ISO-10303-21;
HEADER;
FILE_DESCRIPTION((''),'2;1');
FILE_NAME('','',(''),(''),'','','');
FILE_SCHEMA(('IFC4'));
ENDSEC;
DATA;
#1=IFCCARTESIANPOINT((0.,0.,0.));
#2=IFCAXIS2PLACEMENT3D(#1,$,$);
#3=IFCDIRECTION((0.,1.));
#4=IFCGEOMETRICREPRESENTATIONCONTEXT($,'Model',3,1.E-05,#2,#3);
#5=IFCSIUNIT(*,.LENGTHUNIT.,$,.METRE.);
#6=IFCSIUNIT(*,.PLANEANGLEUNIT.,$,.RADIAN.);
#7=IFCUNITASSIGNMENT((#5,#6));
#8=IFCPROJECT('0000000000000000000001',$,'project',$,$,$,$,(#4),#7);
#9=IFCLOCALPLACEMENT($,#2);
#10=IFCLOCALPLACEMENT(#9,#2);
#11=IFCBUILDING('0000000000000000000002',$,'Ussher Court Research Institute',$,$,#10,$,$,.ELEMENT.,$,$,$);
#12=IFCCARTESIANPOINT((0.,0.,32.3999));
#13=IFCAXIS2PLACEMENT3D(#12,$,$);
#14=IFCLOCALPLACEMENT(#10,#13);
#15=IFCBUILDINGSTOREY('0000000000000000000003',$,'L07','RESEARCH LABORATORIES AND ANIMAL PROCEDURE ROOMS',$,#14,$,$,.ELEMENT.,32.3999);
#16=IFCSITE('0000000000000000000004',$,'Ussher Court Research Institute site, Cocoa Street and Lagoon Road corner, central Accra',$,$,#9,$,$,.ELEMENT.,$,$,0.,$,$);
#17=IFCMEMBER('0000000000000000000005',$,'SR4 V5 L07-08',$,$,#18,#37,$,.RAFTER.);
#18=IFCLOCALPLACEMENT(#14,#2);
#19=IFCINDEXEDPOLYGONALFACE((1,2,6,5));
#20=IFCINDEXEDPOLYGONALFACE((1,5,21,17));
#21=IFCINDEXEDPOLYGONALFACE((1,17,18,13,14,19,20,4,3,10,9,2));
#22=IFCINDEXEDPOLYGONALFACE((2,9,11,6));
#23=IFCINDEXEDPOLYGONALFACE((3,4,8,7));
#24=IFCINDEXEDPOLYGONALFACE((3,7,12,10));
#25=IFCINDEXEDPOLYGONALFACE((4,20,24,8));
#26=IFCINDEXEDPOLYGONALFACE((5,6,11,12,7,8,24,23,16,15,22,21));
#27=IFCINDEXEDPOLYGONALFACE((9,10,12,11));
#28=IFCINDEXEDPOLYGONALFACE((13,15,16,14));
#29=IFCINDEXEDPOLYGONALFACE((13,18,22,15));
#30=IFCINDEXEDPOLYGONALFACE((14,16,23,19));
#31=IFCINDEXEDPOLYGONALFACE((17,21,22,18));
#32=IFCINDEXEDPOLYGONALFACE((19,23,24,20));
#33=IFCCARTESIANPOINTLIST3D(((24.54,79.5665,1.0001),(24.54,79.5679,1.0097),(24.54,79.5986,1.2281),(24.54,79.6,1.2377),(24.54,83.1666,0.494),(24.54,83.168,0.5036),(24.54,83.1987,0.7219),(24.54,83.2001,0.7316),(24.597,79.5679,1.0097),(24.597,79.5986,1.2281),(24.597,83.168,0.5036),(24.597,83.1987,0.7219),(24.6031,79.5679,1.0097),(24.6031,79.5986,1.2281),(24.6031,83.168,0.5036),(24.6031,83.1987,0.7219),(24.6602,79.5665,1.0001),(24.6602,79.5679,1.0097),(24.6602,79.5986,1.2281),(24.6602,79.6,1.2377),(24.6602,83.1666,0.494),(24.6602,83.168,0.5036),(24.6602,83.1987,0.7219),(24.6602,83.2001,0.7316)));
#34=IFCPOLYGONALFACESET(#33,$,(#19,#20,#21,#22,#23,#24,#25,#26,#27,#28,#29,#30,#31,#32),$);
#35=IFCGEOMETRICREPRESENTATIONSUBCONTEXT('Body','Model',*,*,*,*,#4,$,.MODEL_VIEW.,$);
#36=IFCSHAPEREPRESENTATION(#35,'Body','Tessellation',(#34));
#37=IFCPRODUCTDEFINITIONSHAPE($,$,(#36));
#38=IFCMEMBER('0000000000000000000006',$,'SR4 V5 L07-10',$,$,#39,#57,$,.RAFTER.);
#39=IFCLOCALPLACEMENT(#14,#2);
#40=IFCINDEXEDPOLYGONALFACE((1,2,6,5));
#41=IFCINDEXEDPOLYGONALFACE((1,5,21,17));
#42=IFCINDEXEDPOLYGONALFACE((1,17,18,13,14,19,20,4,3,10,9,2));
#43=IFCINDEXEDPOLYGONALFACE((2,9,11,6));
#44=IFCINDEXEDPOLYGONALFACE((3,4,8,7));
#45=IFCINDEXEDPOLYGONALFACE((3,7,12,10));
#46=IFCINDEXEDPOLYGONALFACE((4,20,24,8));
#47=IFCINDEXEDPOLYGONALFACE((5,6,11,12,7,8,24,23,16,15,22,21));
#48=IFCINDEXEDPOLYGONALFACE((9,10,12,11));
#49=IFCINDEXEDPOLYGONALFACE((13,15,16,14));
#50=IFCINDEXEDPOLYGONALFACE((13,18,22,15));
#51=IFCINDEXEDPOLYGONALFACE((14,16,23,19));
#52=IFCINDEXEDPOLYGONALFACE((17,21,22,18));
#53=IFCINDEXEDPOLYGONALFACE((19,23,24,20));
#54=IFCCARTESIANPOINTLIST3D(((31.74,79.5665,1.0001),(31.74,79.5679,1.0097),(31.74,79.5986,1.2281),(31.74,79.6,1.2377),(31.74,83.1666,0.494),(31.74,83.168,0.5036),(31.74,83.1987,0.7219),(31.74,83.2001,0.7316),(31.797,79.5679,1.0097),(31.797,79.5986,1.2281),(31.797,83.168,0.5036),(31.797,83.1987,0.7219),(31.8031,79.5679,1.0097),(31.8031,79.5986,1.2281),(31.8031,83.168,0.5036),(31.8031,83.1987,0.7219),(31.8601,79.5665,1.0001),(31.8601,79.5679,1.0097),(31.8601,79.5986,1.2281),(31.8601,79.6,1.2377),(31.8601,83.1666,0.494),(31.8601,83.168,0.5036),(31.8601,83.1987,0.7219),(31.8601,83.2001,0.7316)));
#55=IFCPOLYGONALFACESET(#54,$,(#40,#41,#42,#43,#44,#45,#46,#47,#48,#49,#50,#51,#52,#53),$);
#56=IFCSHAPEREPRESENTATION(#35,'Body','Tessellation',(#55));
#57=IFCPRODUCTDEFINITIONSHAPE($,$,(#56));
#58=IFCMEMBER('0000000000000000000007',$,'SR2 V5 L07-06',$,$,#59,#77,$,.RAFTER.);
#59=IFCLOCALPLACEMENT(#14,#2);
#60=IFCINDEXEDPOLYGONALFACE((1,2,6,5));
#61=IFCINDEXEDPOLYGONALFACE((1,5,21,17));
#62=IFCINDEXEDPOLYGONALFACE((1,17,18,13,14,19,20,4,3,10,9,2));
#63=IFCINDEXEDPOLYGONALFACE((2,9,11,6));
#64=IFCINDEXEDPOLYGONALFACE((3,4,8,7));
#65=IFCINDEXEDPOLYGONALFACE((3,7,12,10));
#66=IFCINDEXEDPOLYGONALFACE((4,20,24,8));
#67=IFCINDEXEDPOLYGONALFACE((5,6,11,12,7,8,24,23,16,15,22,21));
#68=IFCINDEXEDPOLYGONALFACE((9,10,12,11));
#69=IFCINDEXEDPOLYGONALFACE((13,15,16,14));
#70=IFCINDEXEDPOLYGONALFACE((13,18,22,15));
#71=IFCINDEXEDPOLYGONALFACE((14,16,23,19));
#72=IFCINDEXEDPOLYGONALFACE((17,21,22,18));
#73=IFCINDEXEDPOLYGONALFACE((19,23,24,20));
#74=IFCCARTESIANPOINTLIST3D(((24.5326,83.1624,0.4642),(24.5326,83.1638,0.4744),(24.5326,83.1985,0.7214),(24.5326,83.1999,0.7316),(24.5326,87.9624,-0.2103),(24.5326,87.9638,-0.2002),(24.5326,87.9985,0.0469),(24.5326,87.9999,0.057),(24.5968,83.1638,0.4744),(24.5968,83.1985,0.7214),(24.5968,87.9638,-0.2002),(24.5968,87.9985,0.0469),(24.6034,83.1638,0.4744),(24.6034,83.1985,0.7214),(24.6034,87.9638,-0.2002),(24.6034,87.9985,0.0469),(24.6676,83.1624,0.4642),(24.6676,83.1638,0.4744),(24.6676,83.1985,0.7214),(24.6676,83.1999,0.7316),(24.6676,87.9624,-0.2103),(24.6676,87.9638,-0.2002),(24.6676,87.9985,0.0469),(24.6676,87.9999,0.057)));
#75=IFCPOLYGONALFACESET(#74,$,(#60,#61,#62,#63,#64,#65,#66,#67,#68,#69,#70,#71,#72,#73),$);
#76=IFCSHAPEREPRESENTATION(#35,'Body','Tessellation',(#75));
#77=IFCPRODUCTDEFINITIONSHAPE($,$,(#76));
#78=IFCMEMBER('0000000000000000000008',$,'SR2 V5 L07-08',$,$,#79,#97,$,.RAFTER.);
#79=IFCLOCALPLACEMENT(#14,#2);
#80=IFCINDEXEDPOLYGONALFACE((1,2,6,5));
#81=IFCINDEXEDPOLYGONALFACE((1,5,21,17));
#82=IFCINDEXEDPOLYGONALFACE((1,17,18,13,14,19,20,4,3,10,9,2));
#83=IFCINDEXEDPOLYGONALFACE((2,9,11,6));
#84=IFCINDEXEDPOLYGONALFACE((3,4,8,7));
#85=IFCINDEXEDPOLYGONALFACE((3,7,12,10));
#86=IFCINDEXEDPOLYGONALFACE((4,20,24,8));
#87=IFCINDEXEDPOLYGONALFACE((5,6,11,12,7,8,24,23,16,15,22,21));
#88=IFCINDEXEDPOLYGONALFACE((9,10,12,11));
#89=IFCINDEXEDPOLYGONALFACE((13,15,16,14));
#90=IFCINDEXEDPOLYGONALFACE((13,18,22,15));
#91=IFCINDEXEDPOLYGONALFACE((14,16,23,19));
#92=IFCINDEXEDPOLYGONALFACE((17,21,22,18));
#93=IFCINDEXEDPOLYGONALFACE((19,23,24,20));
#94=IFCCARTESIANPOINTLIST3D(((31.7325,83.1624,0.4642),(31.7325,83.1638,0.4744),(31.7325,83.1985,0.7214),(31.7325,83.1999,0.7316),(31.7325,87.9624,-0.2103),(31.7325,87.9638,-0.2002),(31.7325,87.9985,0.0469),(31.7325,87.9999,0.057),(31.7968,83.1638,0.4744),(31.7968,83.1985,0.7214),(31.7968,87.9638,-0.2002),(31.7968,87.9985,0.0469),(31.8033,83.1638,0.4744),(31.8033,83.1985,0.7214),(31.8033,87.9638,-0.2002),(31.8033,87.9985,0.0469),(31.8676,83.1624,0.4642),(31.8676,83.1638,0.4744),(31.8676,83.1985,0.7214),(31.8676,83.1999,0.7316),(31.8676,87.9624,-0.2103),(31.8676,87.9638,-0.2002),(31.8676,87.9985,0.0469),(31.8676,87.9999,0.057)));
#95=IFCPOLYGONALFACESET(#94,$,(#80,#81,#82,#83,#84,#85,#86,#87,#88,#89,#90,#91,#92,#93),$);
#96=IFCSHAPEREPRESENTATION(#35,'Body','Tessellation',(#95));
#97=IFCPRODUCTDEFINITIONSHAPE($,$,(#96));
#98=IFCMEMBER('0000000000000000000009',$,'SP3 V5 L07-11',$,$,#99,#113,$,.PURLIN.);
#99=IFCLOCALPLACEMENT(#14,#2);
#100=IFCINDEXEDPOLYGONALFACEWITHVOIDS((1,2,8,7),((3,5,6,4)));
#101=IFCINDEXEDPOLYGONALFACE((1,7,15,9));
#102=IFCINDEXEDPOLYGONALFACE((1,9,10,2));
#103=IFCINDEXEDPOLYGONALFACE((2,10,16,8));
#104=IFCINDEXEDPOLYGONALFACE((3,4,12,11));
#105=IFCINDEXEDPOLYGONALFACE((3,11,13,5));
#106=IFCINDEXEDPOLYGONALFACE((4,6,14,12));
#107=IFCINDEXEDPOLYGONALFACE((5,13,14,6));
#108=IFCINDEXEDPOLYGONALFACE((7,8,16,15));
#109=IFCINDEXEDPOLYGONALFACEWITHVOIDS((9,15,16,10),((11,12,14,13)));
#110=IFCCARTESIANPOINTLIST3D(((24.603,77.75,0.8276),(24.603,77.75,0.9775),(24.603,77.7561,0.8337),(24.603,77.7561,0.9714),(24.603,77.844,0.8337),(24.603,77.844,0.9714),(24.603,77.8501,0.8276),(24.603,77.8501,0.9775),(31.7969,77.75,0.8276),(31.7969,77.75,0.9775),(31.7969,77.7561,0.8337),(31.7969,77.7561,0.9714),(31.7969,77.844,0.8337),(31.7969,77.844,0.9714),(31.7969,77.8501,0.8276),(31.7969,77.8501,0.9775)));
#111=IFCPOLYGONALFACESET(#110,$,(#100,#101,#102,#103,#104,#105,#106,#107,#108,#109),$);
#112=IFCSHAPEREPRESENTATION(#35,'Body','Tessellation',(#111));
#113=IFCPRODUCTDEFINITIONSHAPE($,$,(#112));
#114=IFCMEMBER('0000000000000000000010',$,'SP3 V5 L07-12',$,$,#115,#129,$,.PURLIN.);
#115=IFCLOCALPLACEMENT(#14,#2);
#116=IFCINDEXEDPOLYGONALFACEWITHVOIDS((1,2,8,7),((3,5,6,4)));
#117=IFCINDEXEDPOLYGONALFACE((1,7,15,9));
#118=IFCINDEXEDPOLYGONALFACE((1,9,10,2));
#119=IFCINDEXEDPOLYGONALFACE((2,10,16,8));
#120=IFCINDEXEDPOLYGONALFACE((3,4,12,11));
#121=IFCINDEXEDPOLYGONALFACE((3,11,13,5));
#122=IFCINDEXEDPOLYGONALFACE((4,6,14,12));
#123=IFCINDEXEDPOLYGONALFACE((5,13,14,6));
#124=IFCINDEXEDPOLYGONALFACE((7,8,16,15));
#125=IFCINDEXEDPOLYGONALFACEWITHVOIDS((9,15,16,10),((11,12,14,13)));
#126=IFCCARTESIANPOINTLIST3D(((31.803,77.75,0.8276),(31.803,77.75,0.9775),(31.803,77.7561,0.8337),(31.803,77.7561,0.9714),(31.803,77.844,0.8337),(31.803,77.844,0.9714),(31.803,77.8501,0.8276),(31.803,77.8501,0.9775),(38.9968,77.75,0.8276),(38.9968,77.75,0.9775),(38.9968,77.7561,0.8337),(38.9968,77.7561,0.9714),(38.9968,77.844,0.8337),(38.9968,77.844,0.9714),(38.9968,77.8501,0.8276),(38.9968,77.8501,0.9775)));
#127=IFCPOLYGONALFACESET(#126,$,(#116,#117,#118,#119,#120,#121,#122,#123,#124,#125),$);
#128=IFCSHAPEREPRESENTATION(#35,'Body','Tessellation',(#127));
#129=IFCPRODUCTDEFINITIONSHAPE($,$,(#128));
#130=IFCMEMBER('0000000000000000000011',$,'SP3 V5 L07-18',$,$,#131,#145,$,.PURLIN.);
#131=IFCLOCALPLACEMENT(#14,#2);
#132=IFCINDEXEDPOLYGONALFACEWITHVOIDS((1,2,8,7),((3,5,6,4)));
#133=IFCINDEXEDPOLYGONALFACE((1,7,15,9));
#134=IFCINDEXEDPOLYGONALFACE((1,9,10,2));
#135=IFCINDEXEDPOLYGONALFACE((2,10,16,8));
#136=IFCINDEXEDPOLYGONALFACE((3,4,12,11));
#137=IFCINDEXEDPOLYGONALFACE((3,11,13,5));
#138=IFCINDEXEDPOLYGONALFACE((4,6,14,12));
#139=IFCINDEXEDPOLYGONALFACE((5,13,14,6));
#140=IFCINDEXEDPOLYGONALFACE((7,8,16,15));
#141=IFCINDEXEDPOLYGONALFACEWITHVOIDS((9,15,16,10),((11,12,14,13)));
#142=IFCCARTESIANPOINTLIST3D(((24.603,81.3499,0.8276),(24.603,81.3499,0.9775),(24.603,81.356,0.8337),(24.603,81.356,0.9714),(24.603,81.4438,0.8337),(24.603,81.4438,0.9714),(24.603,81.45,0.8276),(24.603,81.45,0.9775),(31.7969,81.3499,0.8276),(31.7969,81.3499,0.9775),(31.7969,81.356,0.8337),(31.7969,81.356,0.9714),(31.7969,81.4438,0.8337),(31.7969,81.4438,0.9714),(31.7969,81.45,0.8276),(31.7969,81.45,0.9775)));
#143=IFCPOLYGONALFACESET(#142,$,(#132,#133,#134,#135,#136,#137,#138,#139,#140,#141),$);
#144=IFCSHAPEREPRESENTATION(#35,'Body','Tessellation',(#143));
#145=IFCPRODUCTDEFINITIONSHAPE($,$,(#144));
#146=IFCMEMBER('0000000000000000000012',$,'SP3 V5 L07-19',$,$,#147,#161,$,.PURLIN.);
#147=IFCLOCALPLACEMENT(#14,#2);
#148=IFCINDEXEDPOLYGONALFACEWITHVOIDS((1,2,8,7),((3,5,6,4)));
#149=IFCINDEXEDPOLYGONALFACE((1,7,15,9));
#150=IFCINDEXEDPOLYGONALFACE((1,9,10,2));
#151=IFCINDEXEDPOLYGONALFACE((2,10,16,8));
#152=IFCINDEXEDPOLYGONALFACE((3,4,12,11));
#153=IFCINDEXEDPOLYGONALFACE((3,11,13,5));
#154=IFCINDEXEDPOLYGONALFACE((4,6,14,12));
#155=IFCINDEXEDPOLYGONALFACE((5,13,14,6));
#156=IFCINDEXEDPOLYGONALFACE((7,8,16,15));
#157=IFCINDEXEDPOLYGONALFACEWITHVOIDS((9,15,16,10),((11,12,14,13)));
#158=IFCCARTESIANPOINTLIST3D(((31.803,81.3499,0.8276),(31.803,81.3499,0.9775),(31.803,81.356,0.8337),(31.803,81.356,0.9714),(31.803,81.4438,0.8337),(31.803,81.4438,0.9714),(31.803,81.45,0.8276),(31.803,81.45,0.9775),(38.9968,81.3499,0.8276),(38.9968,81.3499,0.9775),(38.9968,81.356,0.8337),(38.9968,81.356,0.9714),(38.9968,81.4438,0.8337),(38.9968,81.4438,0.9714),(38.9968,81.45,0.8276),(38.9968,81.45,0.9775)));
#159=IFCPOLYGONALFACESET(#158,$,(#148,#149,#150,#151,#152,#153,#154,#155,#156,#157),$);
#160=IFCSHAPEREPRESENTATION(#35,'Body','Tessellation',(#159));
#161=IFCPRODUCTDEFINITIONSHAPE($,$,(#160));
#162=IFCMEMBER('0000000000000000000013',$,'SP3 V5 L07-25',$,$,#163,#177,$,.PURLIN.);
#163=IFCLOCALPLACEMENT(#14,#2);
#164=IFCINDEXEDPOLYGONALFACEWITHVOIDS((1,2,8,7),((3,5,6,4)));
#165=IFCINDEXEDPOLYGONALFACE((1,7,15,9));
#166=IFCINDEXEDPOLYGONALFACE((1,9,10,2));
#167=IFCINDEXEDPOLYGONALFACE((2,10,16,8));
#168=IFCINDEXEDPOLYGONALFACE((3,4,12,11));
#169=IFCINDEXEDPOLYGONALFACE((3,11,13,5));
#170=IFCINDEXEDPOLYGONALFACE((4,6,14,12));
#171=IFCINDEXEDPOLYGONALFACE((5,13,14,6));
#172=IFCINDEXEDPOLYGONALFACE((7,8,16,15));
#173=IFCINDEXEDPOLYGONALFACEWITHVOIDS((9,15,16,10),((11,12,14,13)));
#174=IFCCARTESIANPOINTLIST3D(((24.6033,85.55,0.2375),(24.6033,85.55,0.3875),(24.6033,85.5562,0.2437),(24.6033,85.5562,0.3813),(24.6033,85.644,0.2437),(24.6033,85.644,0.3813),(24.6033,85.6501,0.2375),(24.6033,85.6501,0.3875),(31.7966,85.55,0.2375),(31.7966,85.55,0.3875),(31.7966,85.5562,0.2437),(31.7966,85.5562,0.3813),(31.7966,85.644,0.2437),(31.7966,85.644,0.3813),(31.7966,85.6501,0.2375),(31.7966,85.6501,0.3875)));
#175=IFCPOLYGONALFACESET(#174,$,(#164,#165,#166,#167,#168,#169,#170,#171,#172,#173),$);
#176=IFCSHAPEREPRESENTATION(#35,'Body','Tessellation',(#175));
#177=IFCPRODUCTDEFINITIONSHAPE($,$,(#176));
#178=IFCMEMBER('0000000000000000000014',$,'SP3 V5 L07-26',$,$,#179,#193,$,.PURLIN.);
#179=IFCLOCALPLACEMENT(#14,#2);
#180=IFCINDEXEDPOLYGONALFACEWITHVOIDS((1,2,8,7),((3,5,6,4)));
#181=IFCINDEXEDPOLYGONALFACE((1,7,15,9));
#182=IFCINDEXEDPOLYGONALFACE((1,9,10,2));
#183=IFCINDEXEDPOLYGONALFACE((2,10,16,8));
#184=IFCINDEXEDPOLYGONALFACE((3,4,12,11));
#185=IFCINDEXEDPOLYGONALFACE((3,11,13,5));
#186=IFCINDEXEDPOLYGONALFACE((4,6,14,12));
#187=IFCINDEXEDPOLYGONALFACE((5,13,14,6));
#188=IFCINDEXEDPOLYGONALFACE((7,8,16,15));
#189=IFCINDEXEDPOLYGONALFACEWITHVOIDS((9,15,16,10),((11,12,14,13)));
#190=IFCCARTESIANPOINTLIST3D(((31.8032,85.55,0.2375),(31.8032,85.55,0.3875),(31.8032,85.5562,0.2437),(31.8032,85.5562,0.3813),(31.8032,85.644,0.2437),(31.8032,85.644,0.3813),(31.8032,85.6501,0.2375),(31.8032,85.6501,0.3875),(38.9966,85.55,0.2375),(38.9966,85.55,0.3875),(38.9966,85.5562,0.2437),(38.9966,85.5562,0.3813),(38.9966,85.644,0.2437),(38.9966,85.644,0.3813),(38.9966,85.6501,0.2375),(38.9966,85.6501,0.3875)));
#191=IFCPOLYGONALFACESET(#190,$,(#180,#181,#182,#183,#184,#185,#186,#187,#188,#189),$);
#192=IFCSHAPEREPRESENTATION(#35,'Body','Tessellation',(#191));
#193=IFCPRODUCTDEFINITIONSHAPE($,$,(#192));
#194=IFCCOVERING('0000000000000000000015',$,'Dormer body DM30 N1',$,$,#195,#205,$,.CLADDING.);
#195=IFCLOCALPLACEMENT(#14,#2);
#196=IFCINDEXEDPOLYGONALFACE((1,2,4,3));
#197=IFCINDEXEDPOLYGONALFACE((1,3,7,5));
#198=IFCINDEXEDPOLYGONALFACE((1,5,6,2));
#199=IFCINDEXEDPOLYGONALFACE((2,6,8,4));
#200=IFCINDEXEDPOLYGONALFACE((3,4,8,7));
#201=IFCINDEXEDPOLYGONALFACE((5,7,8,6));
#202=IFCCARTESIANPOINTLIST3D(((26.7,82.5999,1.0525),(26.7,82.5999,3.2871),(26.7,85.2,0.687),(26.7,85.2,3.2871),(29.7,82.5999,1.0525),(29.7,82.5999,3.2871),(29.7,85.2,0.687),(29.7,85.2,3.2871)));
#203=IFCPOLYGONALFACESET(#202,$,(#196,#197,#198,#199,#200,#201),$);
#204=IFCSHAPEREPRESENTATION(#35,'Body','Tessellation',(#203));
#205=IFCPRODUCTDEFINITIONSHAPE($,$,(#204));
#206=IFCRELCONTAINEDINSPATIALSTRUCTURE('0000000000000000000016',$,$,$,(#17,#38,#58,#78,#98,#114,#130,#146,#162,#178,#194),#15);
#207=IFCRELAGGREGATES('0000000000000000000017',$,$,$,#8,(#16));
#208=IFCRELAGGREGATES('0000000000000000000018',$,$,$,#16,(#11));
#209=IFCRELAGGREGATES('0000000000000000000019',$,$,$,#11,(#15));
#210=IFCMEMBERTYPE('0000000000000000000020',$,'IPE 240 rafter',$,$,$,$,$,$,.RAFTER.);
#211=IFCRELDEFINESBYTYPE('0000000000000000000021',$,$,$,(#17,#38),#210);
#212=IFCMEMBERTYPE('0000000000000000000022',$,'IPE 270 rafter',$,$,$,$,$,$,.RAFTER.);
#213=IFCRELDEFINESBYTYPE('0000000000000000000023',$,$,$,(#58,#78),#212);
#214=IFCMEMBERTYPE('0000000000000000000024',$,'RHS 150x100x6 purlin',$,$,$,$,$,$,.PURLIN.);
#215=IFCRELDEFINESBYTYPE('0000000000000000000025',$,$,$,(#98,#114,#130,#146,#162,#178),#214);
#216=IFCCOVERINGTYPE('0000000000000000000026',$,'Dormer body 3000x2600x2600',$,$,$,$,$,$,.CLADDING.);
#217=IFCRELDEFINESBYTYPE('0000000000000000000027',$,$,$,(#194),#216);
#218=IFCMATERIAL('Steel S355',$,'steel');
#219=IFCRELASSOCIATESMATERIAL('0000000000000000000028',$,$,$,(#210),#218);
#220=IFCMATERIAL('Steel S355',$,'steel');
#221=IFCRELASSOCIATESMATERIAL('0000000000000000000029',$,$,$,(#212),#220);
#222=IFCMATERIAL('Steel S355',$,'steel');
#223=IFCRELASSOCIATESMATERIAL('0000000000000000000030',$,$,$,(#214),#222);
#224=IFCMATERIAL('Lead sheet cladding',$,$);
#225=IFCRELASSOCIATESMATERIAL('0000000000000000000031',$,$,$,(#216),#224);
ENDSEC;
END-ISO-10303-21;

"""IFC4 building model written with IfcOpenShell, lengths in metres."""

from ifc_helpers import new_model, si_unit, direction, frame, origin, origin_2d, place, context, subcontext, project, spatial, polyline, hollow_rectangle, i_section, outline, extrude, material, material_profile, profile_set, type_object, element, save


model = new_model("IFC4")

# Units and contexts
model_context = context("Model", 3, precision=1e-05, world=origin(), true_north=direction((0.0, 1.0)))
body_context = subcontext(model_context, "Body", "Model", "MODEL_VIEW")
ifc_project = project(units=[si_unit("LENGTHUNIT", "METRE"), si_unit("PLANEANGLEUNIT", "RADIAN")], contexts=[model_context])

# Site, building, storey
site_placement = place(None, origin())
site = spatial("IfcSite", under=ifc_project, at=site_placement, Name="Ussher Court Research Institute site, Cocoa Street and Lagoon Road corner, central Accra", CompositionType="ELEMENT", RefElevation=0.0)
building_placement = place(site_placement, origin())
building = spatial("IfcBuilding", under=site, at=building_placement, Name="Ussher Court Research Institute", CompositionType="ELEMENT")
storey_placement = place(building_placement, frame((0.0, 0.0, 32.3999)))
storey = spatial("IfcBuildingStorey", under=building, at=storey_placement, Name="L07", Description="RESEARCH LABORATORIES AND ANIMAL PROCEDURE ROOMS", CompositionType="ELEMENT", Elevation=32.3999)

# Members
ifc_material_1 = material(Name="Steel S355", Category="steel")
ifc_material_profile_1 = material_profile(ifc_material_1, i_section(OverallWidth=0.1201, OverallDepth=0.24, WebThickness=0.0061, FlangeThickness=0.0098, at=origin_2d()), Name="IPE 240")
ifc_profile_set_1 = profile_set([ifc_material_profile_1], Name="Steel S355")
member_type_1 = type_object("IfcMemberType", Name="IPE 240 rafter", PredefinedType="RAFTER", material=ifc_profile_set_1)
for number, where, z_axis, x_axis, name in (
    (1, (24.6001, 79.5833, 1.1189), (0.0, 0.990263, -0.139212), (-1.0, 0.0, 0.0), "SR4 V5 L07-08"),
    (2, (31.8, 79.5833, 1.1189), (0.0, 0.990263, -0.139212), (-1.0, 0.0, 0.0), "SR4 V5 L07-10"),
):
    element("IfcMember", number, at=place(storey_placement, frame(where, z_axis=z_axis, x_axis=x_axis)), inside=storey, type_object=member_type_1, Name=name, PredefinedType="RAFTER", context=body_context, shape_type="SweptSolid", body=[
        extrude(i_section(OverallWidth=0.1201, OverallDepth=0.24, WebThickness=0.0061, FlangeThickness=0.0098, at=origin_2d()), origin(), (0.0, 0.0, 1.0), 3.6355),
    ])
ifc_material_2 = material(Name="Steel S355", Category="steel")
ifc_material_profile_2 = material_profile(ifc_material_2, i_section(OverallWidth=0.135, OverallDepth=0.27, WebThickness=0.0066, FlangeThickness=0.0103, at=origin_2d()), Name="IPE 270")
ifc_profile_set_2 = profile_set([ifc_material_profile_2], Name="Steel S355")
member_type_2 = type_object("IfcMemberType", Name="IPE 270 rafter", PredefinedType="RAFTER", material=ifc_profile_set_2)
for number, where, z_axis, x_axis, name in (
    (3, (24.6001, 83.1812, 0.5979), (0.0, 0.990269, -0.139165), (-1.0, 0.0, 0.0), "SR2 V5 L07-06"),
    (4, (31.8, 83.1812, 0.5979), (0.0, 0.990269, -0.139165), (-1.0, 0.0, 0.0), "SR2 V5 L07-08"),
):
    element("IfcMember", number, at=place(storey_placement, frame(where, z_axis=z_axis, x_axis=x_axis)), inside=storey, type_object=member_type_2, Name=name, PredefinedType="RAFTER", context=body_context, shape_type="SweptSolid", body=[
        extrude(i_section(OverallWidth=0.135, OverallDepth=0.27, WebThickness=0.0066, FlangeThickness=0.0103, at=origin_2d()), origin(), (0.0, 0.0, 1.0), 4.8472),
    ])
ifc_material_3 = material(Name="Steel S355", Category="steel")
ifc_material_profile_3 = material_profile(ifc_material_3, hollow_rectangle(XDim=0.1001, YDim=0.1499, WallThickness=0.0061, at=origin_2d()), Name="RHS 150x100x6")
ifc_profile_set_3 = profile_set([ifc_material_profile_3], Name="Steel S355")
member_type_3 = type_object("IfcMemberType", Name="RHS 150x100x6 purlin", PredefinedType="PURLIN", material=ifc_profile_set_3)
for number, where, z_axis, x_axis, name in (
    (5, (24.603, 77.8, 0.9026), (1.0, 0.0, 0.0), (0.0, 1.0, 0.0), "SP3 V5 L07-11"),
    (6, (31.803, 77.8, 0.9026), (1.0, 0.0, 0.0), (0.0, 1.0, 0.0), "SP3 V5 L07-12"),
    (7, (24.603, 81.3999, 0.9026), (1.0, 0.0, 0.0), (0.0, 1.0, 0.0), "SP3 V5 L07-18"),
    (8, (31.803, 81.3999, 0.9026), (1.0, 0.0, 0.0), (0.0, 1.0, 0.0), "SP3 V5 L07-19"),
):
    element("IfcMember", number, at=place(storey_placement, frame(where, z_axis=z_axis, x_axis=x_axis)), inside=storey, type_object=member_type_3, Name=name, PredefinedType="PURLIN", context=body_context, shape_type="SweptSolid", body=[
        extrude(hollow_rectangle(XDim=0.1001, YDim=0.1499, WallThickness=0.0061, at=origin_2d()), origin(), (0.0, 0.0, 1.0), 7.1938),
    ])
for number, where, z_axis, x_axis, name in (
    (9, (24.6033, 85.6001, 0.3125), (1.0, 0.0, 0.0), (0.0, 1.0, 0.0), "SP3 V5 L07-25"),
    (10, (31.8032, 85.6001, 0.3125), (1.0, 0.0, 0.0), (0.0, 1.0, 0.0), "SP3 V5 L07-26"),
):
    element("IfcMember", number, at=place(storey_placement, frame(where, z_axis=z_axis, x_axis=x_axis)), inside=storey, type_object=member_type_3, Name=name, PredefinedType="PURLIN", context=body_context, shape_type="SweptSolid", body=[
        extrude(hollow_rectangle(XDim=0.1001, YDim=0.1499, WallThickness=0.0061, at=origin_2d()), origin(), (0.0, 0.0, 1.0), 7.1934),
    ])

# Covering
ifc_material_4 = material(Name="Lead sheet cladding")
covering_type_1 = type_object("IfcCoveringType", Name="Dormer body 3000x2600x2600", PredefinedType="CLADDING", material=ifc_material_4)
covering_1_placement = place(storey_placement, frame((26.7, 85.2, 0.687), z_axis=(1.0, 0.0, 0.0), x_axis=(0.0, 1.0, 0.0)))
element("IfcCovering", 11, at=covering_1_placement, inside=storey, type_object=covering_type_1, Name="Dormer body DM30 N1", PredefinedType="CLADDING", context=body_context, shape_type="SweptSolid", body=[
    extrude(outline(polyline([(0.0, 0.0), (0.0, 2.6001), (-2.6001, 2.6001), (-2.6001, 0.3655), (0.0, 0.0)])), origin(), (0.0, 0.0, 1.0), 3.0),
])

save(model, "model.ifc")
